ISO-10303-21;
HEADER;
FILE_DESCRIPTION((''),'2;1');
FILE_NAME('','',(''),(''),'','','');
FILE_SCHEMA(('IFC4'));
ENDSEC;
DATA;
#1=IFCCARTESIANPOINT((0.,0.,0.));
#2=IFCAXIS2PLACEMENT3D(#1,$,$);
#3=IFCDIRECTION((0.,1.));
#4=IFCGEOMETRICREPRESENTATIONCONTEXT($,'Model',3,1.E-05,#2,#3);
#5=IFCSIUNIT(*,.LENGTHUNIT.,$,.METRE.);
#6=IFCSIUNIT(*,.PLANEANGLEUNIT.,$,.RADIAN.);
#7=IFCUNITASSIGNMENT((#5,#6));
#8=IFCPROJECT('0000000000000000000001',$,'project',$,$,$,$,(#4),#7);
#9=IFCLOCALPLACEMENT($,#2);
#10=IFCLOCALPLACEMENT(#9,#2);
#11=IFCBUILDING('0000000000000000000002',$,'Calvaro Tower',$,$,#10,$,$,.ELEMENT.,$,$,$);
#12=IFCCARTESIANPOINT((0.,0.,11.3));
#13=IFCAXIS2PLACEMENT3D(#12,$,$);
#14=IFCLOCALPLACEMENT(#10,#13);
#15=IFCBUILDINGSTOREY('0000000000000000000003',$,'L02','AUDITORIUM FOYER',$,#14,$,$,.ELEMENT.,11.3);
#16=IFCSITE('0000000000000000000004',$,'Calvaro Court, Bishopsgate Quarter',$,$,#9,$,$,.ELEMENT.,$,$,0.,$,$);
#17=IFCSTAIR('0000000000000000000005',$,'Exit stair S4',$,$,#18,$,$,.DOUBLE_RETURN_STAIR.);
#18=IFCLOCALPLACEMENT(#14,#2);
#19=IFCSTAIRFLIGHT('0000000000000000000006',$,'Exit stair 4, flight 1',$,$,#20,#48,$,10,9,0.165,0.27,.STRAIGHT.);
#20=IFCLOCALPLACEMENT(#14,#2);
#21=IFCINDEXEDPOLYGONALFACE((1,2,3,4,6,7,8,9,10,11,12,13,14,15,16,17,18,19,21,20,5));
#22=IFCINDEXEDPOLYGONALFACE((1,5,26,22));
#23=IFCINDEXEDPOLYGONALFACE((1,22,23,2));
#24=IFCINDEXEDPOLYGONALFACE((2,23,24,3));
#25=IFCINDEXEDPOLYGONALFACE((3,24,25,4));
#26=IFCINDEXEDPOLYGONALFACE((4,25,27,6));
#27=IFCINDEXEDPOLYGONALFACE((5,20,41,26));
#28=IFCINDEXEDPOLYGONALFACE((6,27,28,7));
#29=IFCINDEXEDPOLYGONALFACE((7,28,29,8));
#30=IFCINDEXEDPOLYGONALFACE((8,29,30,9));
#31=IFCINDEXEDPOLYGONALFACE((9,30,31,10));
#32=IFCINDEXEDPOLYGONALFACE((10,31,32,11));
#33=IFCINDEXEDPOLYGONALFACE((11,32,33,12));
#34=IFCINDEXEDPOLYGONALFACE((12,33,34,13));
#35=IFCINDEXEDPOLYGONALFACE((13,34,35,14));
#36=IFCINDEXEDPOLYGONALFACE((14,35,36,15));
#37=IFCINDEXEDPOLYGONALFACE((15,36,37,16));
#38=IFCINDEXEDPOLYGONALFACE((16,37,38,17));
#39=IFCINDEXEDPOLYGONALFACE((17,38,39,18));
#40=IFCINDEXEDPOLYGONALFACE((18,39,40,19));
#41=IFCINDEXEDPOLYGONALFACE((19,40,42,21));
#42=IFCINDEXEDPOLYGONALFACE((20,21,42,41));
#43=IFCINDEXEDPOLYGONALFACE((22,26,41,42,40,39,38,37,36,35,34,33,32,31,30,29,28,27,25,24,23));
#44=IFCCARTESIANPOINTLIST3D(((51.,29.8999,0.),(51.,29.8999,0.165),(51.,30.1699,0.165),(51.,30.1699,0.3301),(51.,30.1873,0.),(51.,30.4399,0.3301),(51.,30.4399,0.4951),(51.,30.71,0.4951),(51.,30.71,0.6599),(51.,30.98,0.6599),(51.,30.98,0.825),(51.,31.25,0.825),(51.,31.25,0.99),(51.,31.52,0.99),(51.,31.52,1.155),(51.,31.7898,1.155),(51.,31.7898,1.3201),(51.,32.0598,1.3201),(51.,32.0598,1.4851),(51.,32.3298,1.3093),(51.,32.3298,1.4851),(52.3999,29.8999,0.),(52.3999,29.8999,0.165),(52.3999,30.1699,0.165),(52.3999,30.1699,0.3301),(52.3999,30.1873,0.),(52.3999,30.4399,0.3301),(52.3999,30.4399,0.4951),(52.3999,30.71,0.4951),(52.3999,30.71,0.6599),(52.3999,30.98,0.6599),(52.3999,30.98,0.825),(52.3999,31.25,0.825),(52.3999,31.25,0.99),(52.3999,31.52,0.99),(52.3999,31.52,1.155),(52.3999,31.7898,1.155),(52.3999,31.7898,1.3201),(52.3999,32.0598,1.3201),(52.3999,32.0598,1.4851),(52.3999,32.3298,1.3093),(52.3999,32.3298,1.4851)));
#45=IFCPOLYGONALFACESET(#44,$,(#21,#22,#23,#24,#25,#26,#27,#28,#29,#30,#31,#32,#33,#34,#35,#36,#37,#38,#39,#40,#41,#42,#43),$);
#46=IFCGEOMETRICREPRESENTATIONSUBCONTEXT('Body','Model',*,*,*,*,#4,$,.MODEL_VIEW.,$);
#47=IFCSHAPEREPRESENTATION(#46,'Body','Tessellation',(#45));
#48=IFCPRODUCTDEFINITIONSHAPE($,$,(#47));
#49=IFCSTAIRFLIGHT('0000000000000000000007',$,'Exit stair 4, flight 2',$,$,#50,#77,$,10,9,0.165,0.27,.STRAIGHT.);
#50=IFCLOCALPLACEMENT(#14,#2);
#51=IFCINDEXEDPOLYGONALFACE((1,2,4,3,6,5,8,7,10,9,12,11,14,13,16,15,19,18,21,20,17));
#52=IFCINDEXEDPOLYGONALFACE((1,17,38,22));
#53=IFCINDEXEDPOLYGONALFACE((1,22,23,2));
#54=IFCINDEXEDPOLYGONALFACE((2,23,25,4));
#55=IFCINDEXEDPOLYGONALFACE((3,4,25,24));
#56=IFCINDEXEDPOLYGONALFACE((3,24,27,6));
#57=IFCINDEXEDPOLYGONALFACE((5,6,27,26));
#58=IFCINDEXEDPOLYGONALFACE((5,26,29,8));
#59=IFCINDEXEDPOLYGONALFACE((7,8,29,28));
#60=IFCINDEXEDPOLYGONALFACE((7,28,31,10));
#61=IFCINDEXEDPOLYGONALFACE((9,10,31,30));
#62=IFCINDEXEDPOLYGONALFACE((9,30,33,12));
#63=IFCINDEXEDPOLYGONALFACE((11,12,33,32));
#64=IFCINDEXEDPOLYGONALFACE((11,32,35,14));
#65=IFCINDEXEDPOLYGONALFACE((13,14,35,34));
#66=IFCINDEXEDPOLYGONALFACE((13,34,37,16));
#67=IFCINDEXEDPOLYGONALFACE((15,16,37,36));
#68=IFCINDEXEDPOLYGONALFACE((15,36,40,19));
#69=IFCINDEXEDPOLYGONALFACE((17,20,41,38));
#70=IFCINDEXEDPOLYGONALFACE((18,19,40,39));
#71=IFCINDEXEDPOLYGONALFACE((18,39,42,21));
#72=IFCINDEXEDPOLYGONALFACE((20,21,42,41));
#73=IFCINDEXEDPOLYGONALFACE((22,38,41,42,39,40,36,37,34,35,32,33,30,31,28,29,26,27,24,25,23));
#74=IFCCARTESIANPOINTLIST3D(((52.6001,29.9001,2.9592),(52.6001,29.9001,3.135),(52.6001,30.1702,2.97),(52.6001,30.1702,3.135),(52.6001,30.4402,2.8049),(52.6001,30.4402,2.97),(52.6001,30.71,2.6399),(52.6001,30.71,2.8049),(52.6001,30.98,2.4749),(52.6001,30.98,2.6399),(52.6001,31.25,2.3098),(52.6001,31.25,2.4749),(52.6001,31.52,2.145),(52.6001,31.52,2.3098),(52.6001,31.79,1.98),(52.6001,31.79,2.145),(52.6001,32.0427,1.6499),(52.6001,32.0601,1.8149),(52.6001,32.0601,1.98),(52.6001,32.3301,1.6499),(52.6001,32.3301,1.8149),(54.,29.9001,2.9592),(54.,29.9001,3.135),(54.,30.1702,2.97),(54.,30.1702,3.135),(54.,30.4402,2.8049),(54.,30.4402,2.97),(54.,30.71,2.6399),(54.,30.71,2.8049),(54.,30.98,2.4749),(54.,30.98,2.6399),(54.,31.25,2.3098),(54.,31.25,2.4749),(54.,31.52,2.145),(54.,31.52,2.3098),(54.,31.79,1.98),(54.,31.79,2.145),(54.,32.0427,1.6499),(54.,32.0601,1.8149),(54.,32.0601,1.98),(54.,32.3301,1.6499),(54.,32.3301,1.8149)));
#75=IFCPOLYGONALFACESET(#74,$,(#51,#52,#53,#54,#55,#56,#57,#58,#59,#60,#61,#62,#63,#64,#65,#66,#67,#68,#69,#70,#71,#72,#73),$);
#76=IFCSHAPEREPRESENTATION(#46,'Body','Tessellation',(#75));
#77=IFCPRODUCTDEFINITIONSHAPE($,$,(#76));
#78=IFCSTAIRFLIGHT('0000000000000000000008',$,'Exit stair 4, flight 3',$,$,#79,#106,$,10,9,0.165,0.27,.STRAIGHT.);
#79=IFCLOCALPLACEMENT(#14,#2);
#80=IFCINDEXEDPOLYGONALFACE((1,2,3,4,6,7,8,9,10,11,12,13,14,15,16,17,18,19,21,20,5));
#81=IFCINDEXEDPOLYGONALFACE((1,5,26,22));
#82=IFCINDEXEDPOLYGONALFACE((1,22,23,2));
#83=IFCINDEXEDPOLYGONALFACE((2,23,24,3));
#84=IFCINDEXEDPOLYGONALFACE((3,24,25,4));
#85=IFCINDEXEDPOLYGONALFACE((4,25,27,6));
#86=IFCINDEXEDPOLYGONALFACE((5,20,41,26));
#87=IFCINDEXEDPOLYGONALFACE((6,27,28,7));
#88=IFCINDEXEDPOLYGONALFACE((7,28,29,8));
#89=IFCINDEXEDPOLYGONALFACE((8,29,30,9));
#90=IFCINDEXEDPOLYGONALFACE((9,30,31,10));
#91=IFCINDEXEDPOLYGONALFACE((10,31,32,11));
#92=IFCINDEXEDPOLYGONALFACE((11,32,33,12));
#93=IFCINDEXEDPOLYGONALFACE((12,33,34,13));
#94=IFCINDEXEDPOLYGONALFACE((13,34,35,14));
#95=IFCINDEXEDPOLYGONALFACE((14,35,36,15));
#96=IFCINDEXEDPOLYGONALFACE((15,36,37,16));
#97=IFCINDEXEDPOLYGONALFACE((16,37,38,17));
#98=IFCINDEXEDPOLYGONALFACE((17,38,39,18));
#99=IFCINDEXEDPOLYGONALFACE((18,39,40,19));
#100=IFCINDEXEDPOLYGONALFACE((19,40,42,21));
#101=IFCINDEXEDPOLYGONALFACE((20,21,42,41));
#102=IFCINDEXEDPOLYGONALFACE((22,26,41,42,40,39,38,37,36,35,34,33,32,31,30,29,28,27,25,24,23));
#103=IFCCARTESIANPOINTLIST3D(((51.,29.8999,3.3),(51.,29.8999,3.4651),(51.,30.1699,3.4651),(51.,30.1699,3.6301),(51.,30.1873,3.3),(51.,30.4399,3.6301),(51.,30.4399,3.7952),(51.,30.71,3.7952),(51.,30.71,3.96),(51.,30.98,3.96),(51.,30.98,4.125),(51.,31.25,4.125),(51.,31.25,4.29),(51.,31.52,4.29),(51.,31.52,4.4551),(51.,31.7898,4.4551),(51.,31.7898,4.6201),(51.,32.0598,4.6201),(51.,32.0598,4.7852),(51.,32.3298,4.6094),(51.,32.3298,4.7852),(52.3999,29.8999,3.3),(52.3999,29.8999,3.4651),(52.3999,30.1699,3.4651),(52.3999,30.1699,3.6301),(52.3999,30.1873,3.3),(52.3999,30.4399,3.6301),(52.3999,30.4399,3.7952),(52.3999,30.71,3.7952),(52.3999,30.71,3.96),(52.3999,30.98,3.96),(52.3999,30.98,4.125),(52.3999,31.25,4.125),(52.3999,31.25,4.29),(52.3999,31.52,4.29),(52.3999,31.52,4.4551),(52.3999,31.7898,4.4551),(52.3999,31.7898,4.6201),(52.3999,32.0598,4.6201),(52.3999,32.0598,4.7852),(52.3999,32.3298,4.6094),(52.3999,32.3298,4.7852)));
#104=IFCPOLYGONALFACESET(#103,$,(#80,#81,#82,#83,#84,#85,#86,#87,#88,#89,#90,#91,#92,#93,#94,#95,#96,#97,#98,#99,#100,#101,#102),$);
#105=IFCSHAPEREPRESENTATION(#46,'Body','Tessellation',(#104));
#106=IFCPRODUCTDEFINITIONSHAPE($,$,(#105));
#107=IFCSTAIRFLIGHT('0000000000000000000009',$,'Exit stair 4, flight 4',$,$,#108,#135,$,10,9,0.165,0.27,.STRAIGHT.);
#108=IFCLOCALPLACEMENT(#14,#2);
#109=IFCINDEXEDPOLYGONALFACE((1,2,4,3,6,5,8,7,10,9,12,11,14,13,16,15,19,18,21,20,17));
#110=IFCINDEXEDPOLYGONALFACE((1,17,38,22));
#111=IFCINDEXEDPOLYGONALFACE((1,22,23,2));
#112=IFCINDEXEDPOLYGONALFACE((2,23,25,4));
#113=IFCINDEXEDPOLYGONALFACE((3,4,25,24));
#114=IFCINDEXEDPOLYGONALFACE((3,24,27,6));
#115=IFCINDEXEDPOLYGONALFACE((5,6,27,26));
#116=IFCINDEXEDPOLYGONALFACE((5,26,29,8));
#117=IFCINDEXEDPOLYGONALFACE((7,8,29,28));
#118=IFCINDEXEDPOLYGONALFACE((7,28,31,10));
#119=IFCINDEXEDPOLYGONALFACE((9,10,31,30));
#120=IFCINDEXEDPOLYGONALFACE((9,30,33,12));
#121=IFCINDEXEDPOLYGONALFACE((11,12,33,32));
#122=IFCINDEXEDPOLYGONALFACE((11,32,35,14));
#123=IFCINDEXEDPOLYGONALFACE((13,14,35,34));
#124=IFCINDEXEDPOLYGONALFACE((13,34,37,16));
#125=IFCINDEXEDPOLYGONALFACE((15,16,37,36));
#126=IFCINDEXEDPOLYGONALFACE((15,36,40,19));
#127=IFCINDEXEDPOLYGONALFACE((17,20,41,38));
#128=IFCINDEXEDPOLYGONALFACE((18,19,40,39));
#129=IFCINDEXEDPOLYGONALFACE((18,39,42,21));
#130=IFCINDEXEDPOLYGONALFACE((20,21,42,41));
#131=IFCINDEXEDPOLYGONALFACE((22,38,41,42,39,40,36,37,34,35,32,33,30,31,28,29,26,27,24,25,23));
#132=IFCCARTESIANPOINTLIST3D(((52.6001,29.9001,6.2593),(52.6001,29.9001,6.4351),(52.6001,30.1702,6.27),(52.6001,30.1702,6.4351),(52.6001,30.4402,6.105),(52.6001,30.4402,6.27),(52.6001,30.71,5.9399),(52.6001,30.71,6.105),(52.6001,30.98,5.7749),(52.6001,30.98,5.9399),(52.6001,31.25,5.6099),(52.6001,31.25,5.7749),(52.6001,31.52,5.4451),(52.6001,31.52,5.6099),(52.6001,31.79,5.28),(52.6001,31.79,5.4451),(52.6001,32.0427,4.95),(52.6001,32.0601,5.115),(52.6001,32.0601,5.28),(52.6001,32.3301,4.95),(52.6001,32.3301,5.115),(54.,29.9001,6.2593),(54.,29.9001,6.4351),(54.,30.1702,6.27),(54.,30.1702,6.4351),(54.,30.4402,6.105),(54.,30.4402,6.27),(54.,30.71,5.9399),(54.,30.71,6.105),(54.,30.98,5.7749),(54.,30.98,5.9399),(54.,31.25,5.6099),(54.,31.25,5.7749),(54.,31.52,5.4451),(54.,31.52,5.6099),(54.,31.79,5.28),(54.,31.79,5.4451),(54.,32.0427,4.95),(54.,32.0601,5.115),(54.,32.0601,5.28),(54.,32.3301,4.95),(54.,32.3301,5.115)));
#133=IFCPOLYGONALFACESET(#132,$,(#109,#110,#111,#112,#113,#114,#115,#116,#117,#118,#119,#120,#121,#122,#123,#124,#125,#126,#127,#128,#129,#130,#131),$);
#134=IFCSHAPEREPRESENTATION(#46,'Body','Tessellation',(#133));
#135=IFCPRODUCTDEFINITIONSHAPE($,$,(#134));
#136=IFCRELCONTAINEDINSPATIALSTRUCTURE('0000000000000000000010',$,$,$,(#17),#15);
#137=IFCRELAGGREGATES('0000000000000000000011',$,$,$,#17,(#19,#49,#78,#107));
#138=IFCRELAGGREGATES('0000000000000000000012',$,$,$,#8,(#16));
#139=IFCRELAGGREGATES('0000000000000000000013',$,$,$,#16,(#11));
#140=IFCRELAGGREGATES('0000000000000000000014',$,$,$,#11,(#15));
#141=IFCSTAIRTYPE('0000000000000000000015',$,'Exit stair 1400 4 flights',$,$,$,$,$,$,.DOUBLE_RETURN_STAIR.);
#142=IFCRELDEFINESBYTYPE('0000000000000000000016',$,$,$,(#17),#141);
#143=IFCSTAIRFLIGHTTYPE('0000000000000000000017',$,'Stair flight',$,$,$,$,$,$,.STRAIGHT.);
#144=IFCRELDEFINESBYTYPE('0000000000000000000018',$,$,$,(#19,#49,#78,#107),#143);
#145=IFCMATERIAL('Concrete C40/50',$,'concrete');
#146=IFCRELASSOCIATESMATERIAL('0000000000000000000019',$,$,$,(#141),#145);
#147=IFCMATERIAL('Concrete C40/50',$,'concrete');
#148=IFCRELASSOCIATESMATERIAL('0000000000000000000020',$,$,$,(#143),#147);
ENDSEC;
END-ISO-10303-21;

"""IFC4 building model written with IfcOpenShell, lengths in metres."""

from ifc_helpers import new_model, si_unit, direction, frame, origin, place, context, subcontext, project, spatial, polyline, outline, extrude, material, type_object, element, aggregate, save


model = new_model("IFC4")

# Units and contexts
model_context = context("Model", 3, precision=1e-05, world=origin(), true_north=direction((0.0, 1.0)))
body_context = subcontext(model_context, "Body", "Model", "MODEL_VIEW")
ifc_project = project(units=[si_unit("LENGTHUNIT", "METRE"), si_unit("PLANEANGLEUNIT", "RADIAN")], contexts=[model_context])

# Site, building, storey
site_placement = place(None, origin())
site = spatial("IfcSite", under=ifc_project, at=site_placement, Name="Calvaro Court, Bishopsgate Quarter", CompositionType="ELEMENT", RefElevation=0.0)
building_placement = place(site_placement, origin())
building = spatial("IfcBuilding", under=site, at=building_placement, Name="Calvaro Tower", CompositionType="ELEMENT")
storey_placement = place(building_placement, frame((0.0, 0.0, 11.3)))
storey = spatial("IfcBuildingStorey", under=building, at=storey_placement, Name="L02", Description="AUDITORIUM FOYER", CompositionType="ELEMENT", Elevation=11.3)

# Stair, stair flights
ifc_material_1 = material(Name="Concrete C40/50", Category="concrete")
stair_type = type_object("IfcStairType", Name="Exit stair 1400 4 flights", PredefinedType="DOUBLE_RETURN_STAIR", material=ifc_material_1)
stair_1_placement = place(storey_placement, origin())
stair_1 = element("IfcStair", 1, at=stair_1_placement, inside=storey, type_object=stair_type, Name="Exit stair S4", PredefinedType="DOUBLE_RETURN_STAIR")
ifc_material_2 = material(Name="Concrete C40/50", Category="concrete")
stair_flight_type = type_object("IfcStairFlightType", Name="Stair flight", PredefinedType="STRAIGHT", material=ifc_material_2)
stair_flight_1_placement = place(storey_placement, frame((51.7, 29.8999, 0.0), z_axis=(0.0, 0.0, 1.0), x_axis=(0.0, 1.0, 0.0)))
stair_flight_1 = element("IfcStairFlight", 2, at=stair_flight_1_placement, type_object=stair_flight_type, Name="Exit stair 4, flight 1", NumberOfRisers=10, NumberOfTreads=9, PredefinedType="STRAIGHT", RiserHeight=0.165, TreadLength=0.27, context=body_context, shape_type="SweptSolid", body=[
    extrude(outline(polyline([(0.0, 0.0), (0.0, 0.165), (0.27, 0.165), (0.27, 0.3301), (0.54, 0.3301), (0.54, 0.4951), (0.8101, 0.4951), (0.8101, 0.6599), (1.0801, 0.6599), (1.0801, 0.825), (1.3501, 0.825), (1.3501, 0.99), (1.6201, 0.99), (1.6201, 1.155), (1.8899, 1.155), (1.8899, 1.3201), (2.1599, 1.3201), (2.1599, 1.4851), (2.4299, 1.4851), (2.4299, 1.6499), (2.4299, 1.3093), (0.2874, 0.0), (0.0, 0.0)])), frame((0.0, 0.7, 0.0), z_axis=(0.0, -1.0, 0.0), x_axis=(1.0, 0.0, 0.0)), (0.0, 0.0, 1.0), 1.3999),
])
stair_flight_2_placement = place(storey_placement, frame((53.3, 32.3301, 1.6499), z_axis=(0.0, 0.0, 1.0), x_axis=(0.0, -1.0, 0.0)))
stair_flight_2 = element("IfcStairFlight", 3, at=stair_flight_2_placement, type_object=stair_flight_type, Name="Exit stair 4, flight 2", NumberOfRisers=10, NumberOfTreads=9, PredefinedType="STRAIGHT", RiserHeight=0.165, TreadLength=0.27, context=body_context, shape_type="SweptSolid", body=[
    extrude(outline(polyline([(0.0, 0.0), (0.0, 0.165), (0.27, 0.165), (0.27, 0.3301), (0.54, 0.3301), (0.54, 0.4951), (0.8101, 0.4951), (0.8101, 0.6599), (1.0801, 0.6599), (1.0801, 0.825), (1.3501, 0.825), (1.3501, 0.99), (1.6201, 0.99), (1.6201, 1.155), (1.8899, 1.155), (1.8899, 1.3201), (2.1599, 1.3201), (2.1599, 1.4851), (2.4299, 1.4851), (2.4299, 1.6499), (2.4299, 1.3093), (0.2874, 0.0), (0.0, 0.0)])), frame((0.0, 0.7, 0.0), z_axis=(0.0, -1.0, 0.0), x_axis=(1.0, 0.0, 0.0)), (0.0, 0.0, 1.0), 1.3999),
])
stair_flight_3_placement = place(storey_placement, frame((51.7, 29.8999, 3.3), z_axis=(0.0, 0.0, 1.0), x_axis=(0.0, 1.0, 0.0)))
stair_flight_3 = element("IfcStairFlight", 4, at=stair_flight_3_placement, type_object=stair_flight_type, Name="Exit stair 4, flight 3", NumberOfRisers=10, NumberOfTreads=9, PredefinedType="STRAIGHT", RiserHeight=0.165, TreadLength=0.27, context=body_context, shape_type="SweptSolid", body=[
    extrude(outline(polyline([(0.0, 0.0), (0.0, 0.165), (0.27, 0.165), (0.27, 0.3301), (0.54, 0.3301), (0.54, 0.4951), (0.8101, 0.4951), (0.8101, 0.6599), (1.0801, 0.6599), (1.0801, 0.825), (1.3501, 0.825), (1.3501, 0.99), (1.6201, 0.99), (1.6201, 1.155), (1.8899, 1.155), (1.8899, 1.3201), (2.1599, 1.3201), (2.1599, 1.4851), (2.4299, 1.4851), (2.4299, 1.6499), (2.4299, 1.3093), (0.2874, 0.0), (0.0, 0.0)])), frame((0.0, 0.7, 0.0), z_axis=(0.0, -1.0, 0.0), x_axis=(1.0, 0.0, 0.0)), (0.0, 0.0, 1.0), 1.3999),
])
stair_flight_4_placement = place(storey_placement, frame((53.3, 32.3301, 4.95), z_axis=(0.0, 0.0, 1.0), x_axis=(0.0, -1.0, 0.0)))
stair_flight_4 = element("IfcStairFlight", 5, at=stair_flight_4_placement, type_object=stair_flight_type, Name="Exit stair 4, flight 4", NumberOfRisers=10, NumberOfTreads=9, PredefinedType="STRAIGHT", RiserHeight=0.165, TreadLength=0.27, context=body_context, shape_type="SweptSolid", body=[
    extrude(outline(polyline([(0.0, 0.0), (0.0, 0.165), (0.27, 0.165), (0.27, 0.3301), (0.54, 0.3301), (0.54, 0.4951), (0.8101, 0.4951), (0.8101, 0.6599), (1.0801, 0.6599), (1.0801, 0.825), (1.3501, 0.825), (1.3501, 0.99), (1.6201, 0.99), (1.6201, 1.155), (1.8899, 1.155), (1.8899, 1.3201), (2.1599, 1.3201), (2.1599, 1.4851), (2.4299, 1.4851), (2.4299, 1.6499), (2.4299, 1.3093), (0.2874, 0.0), (0.0, 0.0)])), frame((0.0, 0.7, 0.0), z_axis=(0.0, -1.0, 0.0), x_axis=(1.0, 0.0, 0.0)), (0.0, 0.0, 1.0), 1.3999),
])

aggregate(stair_1, [stair_flight_1, stair_flight_2, stair_flight_3, stair_flight_4])

save(model, "model.ifc")
